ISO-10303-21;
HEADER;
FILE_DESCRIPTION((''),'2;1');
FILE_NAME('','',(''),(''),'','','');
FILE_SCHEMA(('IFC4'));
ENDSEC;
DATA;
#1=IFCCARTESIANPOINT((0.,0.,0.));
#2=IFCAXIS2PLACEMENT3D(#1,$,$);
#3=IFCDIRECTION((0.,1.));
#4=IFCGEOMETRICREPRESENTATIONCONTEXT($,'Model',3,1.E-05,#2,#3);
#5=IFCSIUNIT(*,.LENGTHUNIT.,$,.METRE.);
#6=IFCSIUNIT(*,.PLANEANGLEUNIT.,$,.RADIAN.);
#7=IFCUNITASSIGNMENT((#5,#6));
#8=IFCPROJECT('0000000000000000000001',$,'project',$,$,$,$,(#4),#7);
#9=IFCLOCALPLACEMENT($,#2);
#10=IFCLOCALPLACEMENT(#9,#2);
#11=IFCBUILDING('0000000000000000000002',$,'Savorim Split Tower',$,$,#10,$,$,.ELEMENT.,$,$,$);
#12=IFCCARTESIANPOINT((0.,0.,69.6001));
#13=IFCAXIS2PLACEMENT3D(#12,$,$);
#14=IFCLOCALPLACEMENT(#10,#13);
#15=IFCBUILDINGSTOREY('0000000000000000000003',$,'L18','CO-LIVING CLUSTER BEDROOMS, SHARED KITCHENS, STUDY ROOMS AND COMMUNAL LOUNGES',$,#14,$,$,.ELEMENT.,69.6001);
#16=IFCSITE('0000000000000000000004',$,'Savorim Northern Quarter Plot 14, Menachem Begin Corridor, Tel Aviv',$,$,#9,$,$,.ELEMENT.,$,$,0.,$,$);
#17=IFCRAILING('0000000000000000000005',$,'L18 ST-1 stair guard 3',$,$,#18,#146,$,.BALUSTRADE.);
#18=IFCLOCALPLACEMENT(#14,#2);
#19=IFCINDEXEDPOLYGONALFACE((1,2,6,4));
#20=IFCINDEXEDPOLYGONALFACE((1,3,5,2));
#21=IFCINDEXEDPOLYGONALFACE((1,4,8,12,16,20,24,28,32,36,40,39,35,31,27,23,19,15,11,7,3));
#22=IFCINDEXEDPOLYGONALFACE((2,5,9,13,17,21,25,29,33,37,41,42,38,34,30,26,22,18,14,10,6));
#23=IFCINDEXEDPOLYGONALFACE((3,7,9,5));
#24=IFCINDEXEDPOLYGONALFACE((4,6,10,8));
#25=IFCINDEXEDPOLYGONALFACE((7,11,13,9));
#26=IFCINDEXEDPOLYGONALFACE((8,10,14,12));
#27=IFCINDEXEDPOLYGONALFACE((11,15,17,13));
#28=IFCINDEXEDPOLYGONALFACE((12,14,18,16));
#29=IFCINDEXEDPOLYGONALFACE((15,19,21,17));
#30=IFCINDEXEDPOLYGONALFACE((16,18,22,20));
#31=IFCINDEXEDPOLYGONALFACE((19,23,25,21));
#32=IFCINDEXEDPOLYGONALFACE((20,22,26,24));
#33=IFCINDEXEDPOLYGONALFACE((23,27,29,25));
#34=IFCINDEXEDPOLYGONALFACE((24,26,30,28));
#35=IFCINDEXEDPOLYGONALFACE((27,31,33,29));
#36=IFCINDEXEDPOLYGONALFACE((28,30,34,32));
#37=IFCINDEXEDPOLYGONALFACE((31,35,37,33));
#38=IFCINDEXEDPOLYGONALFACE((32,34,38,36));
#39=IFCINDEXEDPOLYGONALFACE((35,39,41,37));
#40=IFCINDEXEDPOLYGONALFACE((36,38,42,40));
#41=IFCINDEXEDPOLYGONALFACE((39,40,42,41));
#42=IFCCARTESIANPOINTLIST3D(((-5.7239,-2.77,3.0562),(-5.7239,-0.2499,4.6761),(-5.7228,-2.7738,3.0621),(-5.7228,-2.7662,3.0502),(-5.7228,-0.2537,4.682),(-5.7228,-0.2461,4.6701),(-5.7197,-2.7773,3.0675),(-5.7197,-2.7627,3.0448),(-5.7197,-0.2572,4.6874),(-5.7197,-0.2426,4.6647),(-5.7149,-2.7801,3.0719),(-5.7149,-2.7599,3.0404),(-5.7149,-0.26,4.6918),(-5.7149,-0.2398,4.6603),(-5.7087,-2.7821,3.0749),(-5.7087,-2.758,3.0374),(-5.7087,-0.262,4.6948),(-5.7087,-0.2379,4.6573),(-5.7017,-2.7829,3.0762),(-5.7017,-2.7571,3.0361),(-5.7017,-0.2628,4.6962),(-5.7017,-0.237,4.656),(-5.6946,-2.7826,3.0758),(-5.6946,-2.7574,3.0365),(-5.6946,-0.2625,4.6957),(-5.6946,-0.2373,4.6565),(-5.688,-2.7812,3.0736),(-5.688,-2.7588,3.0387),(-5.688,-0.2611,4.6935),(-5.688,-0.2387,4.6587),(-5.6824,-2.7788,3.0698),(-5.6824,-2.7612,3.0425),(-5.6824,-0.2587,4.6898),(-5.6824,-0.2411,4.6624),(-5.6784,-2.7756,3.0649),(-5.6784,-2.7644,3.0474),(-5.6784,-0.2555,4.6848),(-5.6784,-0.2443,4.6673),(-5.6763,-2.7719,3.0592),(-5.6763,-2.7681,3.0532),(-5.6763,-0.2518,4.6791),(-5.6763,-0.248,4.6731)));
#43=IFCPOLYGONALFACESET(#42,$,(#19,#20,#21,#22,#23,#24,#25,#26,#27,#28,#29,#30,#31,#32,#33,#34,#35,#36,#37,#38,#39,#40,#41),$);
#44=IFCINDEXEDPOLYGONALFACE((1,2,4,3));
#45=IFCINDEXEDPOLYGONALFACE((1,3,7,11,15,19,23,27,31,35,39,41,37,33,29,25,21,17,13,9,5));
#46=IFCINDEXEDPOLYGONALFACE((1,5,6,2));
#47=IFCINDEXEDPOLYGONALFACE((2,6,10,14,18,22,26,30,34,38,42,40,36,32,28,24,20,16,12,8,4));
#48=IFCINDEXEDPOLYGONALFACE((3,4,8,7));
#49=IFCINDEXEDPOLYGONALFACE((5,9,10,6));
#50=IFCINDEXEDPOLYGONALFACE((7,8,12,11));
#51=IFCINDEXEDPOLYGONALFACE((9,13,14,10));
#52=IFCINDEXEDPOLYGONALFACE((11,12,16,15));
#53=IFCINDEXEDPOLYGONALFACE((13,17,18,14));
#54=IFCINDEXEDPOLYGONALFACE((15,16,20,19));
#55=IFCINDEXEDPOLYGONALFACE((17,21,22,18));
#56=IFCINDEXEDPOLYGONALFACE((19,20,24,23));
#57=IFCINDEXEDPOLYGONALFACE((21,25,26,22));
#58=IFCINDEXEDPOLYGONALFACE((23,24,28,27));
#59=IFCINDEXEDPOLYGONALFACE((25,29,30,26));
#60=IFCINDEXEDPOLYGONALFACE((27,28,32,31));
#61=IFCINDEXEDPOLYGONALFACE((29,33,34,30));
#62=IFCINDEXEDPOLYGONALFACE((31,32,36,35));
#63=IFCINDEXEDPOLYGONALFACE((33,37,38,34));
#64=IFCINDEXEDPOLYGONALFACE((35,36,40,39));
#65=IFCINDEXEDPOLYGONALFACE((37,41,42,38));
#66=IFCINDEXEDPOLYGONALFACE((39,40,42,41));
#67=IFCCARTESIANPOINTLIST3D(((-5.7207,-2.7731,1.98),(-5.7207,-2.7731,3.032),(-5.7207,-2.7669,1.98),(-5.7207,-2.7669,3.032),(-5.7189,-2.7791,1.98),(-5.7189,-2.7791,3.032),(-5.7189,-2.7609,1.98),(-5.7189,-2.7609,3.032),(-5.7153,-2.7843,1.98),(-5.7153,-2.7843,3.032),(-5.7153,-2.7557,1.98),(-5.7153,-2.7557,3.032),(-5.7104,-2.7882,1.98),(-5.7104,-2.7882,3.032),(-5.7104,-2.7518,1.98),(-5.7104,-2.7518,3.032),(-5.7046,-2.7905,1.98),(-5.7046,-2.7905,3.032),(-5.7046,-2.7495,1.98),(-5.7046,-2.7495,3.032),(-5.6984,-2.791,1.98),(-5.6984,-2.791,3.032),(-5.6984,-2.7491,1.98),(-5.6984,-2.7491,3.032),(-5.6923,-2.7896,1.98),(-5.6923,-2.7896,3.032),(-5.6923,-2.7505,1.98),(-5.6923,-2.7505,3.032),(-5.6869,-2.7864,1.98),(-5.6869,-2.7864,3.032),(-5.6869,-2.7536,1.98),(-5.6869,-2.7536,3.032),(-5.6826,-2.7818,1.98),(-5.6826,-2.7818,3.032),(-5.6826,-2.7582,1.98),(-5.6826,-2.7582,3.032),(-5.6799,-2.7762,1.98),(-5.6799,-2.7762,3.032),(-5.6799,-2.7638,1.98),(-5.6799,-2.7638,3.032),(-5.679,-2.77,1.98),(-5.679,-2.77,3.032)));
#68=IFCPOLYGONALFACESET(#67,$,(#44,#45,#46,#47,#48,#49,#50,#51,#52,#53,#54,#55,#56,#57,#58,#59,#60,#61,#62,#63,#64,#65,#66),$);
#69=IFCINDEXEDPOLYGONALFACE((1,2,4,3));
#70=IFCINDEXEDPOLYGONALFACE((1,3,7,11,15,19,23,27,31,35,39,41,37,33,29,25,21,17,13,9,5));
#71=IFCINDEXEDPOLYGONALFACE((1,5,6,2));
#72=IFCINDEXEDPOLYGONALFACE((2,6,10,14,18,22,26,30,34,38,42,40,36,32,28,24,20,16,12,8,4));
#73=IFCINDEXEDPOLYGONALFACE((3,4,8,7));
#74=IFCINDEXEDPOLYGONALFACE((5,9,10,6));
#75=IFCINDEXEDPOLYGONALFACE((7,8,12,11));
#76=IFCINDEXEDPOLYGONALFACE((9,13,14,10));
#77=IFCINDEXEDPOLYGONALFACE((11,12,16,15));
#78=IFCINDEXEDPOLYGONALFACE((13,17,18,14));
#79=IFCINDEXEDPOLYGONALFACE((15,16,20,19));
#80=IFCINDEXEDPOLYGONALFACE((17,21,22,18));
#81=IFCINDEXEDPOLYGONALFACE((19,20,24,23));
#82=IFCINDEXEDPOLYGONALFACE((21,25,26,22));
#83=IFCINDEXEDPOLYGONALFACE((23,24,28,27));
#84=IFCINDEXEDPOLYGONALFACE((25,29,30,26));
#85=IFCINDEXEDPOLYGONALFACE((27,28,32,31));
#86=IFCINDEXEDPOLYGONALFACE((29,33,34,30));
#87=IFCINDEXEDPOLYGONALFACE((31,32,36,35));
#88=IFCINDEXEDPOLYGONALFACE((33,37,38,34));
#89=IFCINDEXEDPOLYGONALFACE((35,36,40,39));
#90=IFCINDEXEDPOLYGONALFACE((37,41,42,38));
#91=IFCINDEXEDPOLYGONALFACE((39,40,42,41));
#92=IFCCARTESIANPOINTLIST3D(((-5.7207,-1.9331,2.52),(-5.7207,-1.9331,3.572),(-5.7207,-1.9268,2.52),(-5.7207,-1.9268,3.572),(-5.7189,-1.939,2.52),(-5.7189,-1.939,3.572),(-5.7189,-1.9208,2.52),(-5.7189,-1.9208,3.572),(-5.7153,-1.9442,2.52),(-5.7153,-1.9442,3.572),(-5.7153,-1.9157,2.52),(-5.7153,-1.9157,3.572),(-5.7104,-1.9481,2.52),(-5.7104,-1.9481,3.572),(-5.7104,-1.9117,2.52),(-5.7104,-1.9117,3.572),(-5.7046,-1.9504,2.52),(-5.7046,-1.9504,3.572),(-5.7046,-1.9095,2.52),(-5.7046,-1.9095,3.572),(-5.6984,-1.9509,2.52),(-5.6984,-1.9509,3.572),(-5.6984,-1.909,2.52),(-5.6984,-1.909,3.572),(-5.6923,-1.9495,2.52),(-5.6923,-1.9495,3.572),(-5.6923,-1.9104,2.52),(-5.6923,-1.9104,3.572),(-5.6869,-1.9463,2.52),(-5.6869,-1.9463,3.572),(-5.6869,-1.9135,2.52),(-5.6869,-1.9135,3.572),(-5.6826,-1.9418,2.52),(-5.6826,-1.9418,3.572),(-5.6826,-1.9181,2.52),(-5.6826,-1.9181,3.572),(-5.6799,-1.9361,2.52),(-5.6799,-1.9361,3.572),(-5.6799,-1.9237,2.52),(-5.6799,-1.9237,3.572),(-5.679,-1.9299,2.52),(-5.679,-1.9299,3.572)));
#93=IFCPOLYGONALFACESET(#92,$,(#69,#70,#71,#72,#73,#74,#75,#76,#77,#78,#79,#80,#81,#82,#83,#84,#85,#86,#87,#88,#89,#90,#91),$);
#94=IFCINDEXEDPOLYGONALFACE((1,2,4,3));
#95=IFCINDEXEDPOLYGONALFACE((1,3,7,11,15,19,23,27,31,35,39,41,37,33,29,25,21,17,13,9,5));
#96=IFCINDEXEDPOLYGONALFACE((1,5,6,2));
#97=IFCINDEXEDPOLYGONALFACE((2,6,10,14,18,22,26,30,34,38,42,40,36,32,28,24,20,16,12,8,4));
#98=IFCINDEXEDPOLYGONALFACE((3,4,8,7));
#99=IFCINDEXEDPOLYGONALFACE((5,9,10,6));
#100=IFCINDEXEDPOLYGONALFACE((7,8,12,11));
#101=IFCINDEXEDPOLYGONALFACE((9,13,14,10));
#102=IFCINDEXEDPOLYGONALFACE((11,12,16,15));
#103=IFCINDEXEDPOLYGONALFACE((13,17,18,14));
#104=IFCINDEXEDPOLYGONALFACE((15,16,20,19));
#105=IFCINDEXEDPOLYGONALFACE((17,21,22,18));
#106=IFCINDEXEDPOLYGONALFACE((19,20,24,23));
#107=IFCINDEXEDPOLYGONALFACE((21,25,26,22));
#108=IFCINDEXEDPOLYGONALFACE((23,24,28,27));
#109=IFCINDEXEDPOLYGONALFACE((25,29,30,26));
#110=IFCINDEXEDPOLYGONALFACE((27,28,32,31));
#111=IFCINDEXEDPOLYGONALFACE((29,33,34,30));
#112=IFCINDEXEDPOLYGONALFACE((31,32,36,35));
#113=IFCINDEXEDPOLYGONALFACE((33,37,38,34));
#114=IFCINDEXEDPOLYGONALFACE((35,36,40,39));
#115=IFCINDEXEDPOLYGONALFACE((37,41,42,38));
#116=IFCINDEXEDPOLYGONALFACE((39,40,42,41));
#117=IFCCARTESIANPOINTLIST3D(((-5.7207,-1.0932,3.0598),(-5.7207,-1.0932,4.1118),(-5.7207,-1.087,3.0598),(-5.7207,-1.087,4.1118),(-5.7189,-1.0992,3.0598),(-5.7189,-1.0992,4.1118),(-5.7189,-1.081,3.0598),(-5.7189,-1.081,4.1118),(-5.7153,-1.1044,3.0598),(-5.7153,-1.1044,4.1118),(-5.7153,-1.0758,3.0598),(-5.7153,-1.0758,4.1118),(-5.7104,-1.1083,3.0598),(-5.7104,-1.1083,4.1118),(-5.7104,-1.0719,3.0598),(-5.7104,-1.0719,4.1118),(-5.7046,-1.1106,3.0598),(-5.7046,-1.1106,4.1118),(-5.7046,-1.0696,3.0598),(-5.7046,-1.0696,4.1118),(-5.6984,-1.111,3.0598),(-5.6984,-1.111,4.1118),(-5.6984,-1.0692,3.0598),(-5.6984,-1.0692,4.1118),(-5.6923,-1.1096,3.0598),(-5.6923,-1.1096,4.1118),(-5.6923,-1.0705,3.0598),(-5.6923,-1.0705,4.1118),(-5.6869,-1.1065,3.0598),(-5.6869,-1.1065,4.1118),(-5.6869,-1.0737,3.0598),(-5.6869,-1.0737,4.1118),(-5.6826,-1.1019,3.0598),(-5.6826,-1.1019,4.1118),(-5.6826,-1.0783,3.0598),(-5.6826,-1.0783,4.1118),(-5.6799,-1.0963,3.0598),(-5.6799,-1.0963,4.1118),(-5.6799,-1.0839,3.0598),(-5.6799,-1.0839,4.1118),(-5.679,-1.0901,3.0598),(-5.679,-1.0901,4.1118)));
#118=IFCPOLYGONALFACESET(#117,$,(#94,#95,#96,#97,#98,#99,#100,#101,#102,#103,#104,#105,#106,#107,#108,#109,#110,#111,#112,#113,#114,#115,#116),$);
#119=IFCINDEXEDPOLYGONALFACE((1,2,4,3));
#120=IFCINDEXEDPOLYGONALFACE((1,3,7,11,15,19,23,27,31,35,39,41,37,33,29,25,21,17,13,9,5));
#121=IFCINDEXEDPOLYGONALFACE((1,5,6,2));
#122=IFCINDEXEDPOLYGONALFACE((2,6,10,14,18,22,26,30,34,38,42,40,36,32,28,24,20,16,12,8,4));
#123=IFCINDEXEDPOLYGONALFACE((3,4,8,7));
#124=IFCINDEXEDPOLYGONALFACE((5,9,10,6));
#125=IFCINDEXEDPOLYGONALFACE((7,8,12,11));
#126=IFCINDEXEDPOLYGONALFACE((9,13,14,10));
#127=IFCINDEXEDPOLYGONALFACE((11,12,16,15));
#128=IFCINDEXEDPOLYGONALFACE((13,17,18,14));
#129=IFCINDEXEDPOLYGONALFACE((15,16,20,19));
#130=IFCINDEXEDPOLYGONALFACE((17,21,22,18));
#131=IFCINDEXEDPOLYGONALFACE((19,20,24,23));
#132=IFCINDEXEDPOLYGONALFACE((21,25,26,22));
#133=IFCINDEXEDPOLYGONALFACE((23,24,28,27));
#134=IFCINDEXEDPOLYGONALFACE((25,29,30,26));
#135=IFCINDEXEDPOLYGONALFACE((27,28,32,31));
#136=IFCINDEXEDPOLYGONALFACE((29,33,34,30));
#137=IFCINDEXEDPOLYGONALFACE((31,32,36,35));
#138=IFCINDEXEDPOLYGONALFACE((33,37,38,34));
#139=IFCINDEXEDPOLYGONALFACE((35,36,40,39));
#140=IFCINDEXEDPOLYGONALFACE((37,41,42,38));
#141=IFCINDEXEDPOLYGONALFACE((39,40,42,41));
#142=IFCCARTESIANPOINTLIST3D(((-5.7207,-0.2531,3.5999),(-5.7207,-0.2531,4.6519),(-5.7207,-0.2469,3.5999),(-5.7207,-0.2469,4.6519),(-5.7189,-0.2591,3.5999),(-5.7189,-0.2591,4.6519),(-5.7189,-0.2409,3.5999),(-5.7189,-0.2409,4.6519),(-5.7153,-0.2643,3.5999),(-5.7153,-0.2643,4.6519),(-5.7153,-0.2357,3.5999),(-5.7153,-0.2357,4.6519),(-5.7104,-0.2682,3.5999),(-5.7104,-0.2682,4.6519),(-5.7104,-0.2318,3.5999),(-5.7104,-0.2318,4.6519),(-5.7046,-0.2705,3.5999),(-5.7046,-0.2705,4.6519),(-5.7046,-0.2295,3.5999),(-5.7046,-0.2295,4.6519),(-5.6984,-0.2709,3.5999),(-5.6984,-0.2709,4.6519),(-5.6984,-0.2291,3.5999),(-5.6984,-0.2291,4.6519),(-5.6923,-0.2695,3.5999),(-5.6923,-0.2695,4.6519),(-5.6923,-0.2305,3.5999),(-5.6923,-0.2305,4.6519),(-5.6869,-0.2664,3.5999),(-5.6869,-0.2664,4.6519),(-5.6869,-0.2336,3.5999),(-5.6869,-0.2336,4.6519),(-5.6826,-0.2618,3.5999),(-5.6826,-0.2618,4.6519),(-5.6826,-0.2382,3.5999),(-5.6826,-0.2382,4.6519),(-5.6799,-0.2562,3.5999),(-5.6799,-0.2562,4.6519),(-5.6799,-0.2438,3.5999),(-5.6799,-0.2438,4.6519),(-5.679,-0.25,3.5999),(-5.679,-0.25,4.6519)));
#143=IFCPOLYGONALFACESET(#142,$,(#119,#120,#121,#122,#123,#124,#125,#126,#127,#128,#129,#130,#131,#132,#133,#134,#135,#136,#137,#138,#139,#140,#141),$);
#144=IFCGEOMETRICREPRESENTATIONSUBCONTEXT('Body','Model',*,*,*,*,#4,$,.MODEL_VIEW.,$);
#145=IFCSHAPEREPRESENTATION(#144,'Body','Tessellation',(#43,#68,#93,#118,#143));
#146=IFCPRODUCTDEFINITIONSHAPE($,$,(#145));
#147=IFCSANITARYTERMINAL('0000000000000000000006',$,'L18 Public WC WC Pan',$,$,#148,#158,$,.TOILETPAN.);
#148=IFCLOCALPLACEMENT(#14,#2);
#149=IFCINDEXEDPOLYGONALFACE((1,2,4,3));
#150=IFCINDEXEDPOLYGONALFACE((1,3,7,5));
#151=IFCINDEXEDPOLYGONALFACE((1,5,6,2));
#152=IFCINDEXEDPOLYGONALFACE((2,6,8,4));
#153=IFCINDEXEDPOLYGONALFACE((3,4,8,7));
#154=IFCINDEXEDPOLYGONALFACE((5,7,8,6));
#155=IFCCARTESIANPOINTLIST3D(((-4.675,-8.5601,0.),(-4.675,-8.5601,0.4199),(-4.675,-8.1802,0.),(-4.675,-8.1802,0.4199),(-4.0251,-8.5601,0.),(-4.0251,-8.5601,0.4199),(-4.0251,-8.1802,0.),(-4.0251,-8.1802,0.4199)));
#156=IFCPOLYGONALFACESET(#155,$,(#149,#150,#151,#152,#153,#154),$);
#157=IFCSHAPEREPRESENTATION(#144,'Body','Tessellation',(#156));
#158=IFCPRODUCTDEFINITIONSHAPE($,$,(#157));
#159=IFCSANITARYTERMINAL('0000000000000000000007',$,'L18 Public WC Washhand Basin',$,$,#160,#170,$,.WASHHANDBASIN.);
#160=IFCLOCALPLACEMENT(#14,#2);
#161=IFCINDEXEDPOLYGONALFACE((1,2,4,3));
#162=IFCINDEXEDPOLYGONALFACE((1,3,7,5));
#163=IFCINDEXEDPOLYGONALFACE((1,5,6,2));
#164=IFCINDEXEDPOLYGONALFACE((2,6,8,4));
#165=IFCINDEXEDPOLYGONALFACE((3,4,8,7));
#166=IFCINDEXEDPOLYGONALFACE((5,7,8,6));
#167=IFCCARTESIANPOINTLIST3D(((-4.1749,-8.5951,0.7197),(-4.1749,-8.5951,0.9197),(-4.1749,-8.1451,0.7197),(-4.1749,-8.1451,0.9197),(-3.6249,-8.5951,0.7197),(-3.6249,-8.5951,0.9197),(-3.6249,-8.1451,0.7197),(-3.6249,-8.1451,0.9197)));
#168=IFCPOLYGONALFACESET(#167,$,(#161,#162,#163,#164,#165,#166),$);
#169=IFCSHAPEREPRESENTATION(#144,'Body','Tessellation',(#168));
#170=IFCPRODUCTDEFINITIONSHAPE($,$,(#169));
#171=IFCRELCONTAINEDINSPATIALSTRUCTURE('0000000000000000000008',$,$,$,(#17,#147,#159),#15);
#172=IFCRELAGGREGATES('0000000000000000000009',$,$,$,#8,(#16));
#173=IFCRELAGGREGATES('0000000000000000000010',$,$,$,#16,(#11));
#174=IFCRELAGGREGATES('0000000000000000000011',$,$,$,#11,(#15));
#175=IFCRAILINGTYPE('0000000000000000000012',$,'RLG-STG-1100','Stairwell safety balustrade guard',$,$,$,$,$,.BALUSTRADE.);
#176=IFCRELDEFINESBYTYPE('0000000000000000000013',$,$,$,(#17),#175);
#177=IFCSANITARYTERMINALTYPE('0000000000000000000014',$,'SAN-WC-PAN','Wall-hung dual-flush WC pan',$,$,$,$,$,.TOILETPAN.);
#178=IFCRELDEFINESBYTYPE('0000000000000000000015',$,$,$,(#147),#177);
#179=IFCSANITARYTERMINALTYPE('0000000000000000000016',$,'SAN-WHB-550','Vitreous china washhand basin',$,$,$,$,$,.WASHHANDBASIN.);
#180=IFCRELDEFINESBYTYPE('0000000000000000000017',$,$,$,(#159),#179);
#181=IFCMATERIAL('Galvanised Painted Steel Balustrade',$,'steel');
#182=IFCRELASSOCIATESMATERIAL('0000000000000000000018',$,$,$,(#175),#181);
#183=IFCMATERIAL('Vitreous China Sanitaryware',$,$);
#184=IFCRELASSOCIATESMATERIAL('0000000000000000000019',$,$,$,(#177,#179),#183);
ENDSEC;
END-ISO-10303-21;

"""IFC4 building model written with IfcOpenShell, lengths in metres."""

from ifc_helpers import new_model, si_unit, direction, frame, origin, origin_2d, place, context, subcontext, project, spatial, rectangle, circle, extrude, material, type_object, element, save


model = new_model("IFC4")

# Units and contexts
model_context = context("Model", 3, precision=1e-05, world=origin(), true_north=direction((0.0, 1.0)))
body_context = subcontext(model_context, "Body", "Model", "MODEL_VIEW")
ifc_project = project(units=[si_unit("LENGTHUNIT", "METRE"), si_unit("PLANEANGLEUNIT", "RADIAN")], contexts=[model_context])

# Site, building, storey
site_placement = place(None, origin())
site = spatial("IfcSite", under=ifc_project, at=site_placement, Name="Savorim Northern Quarter Plot 14, Menachem Begin Corridor, Tel Aviv", CompositionType="ELEMENT", RefElevation=0.0)
building_placement = place(site_placement, origin())
building = spatial("IfcBuilding", under=site, at=building_placement, Name="Savorim Split Tower", CompositionType="ELEMENT")
storey_placement = place(building_placement, frame((0.0, 0.0, 69.6001)))
storey = spatial("IfcBuildingStorey", under=building, at=storey_placement, Name="L18", Description="CO-LIVING CLUSTER BEDROOMS, SHARED KITCHENS, STUDY ROOMS AND COMMUNAL LOUNGES", CompositionType="ELEMENT", Elevation=69.6001)

# Railing
ifc_material_1 = material(Name="Galvanised Painted Steel Balustrade", Category="steel")
railing_type_1 = type_object("IfcRailingType", Name="RLG-STG-1100", Description="Stairwell safety balustrade guard", PredefinedType="BALUSTRADE", material=ifc_material_1)
railing_1_placement = place(storey_placement, frame((-5.7, -2.77, 1.98)))
element("IfcRailing", 1, at=railing_1_placement, inside=storey, type_object=railing_type_1, Name="L18 ST-1 stair guard 3", PredefinedType="BALUSTRADE", context=body_context, shape_type="SweptSolid", body=[
    extrude(circle(Radius=0.0239, at=origin_2d()), frame((0.0, 0.0, 1.0762), z_axis=(0.0, 0.8412, 0.540725), x_axis=(-1.0, 0.0, 0.0)), (0.0, 0.0, 1.0), 2.9958),
    extrude(circle(Radius=0.021, at=origin_2d()), origin(), (0.0, 0.0, 1.0), 1.052),
    extrude(circle(Radius=0.021, at=origin_2d()), frame((0.0, 0.8401, 0.54)), (0.0, 0.0, 1.0), 1.052),
    extrude(circle(Radius=0.021, at=origin_2d()), frame((0.0, 1.6799, 1.0798)), (0.0, 0.0, 1.0), 1.052),
    extrude(circle(Radius=0.021, at=origin_2d()), frame((0.0, 2.52, 1.6199)), (0.0, 0.0, 1.0), 1.052),
])

# Sanitary terminals
ifc_material_2 = material(Name="Vitreous China Sanitaryware")
sanitary_terminal_type_1 = type_object("IfcSanitaryTerminalType", Name="SAN-WC-PAN", Description="Wall-hung dual-flush WC pan", PredefinedType="TOILETPAN", material=ifc_material_2)
sanitary_terminal_1_placement = place(storey_placement, frame((-4.3501, -8.3701, 0.0), z_axis=(0.0, 0.0, 1.0), x_axis=(1.0, 0.0, 0.0)))
element("IfcSanitaryTerminal", 2, at=sanitary_terminal_1_placement, inside=storey, type_object=sanitary_terminal_type_1, Name="L18 Public WC WC Pan", PredefinedType="TOILETPAN", context=body_context, shape_type="SweptSolid", body=[
    extrude(rectangle(XDim=0.6499, YDim=0.3799, at=origin_2d()), origin(), (0.0, 0.0, 1.0), 0.4199),
])
sanitary_terminal_type_2 = type_object("IfcSanitaryTerminalType", Name="SAN-WHB-550", Description="Vitreous china washhand basin", PredefinedType="WASHHANDBASIN", material=ifc_material_2)
sanitary_terminal_2_placement = place(storey_placement, frame((-3.8999, -8.3701, 0.7197), z_axis=(0.0, 0.0, 1.0), x_axis=(1.0, 0.0, 0.0)))
element("IfcSanitaryTerminal", 3, at=sanitary_terminal_2_placement, inside=storey, type_object=sanitary_terminal_type_2, Name="L18 Public WC Washhand Basin", PredefinedType="WASHHANDBASIN", context=body_context, shape_type="SweptSolid", body=[
    extrude(rectangle(XDim=0.55, YDim=0.45, at=origin_2d()), origin(), (0.0, 0.0, 1.0), 0.2),
])

save(model, "model.ifc")
